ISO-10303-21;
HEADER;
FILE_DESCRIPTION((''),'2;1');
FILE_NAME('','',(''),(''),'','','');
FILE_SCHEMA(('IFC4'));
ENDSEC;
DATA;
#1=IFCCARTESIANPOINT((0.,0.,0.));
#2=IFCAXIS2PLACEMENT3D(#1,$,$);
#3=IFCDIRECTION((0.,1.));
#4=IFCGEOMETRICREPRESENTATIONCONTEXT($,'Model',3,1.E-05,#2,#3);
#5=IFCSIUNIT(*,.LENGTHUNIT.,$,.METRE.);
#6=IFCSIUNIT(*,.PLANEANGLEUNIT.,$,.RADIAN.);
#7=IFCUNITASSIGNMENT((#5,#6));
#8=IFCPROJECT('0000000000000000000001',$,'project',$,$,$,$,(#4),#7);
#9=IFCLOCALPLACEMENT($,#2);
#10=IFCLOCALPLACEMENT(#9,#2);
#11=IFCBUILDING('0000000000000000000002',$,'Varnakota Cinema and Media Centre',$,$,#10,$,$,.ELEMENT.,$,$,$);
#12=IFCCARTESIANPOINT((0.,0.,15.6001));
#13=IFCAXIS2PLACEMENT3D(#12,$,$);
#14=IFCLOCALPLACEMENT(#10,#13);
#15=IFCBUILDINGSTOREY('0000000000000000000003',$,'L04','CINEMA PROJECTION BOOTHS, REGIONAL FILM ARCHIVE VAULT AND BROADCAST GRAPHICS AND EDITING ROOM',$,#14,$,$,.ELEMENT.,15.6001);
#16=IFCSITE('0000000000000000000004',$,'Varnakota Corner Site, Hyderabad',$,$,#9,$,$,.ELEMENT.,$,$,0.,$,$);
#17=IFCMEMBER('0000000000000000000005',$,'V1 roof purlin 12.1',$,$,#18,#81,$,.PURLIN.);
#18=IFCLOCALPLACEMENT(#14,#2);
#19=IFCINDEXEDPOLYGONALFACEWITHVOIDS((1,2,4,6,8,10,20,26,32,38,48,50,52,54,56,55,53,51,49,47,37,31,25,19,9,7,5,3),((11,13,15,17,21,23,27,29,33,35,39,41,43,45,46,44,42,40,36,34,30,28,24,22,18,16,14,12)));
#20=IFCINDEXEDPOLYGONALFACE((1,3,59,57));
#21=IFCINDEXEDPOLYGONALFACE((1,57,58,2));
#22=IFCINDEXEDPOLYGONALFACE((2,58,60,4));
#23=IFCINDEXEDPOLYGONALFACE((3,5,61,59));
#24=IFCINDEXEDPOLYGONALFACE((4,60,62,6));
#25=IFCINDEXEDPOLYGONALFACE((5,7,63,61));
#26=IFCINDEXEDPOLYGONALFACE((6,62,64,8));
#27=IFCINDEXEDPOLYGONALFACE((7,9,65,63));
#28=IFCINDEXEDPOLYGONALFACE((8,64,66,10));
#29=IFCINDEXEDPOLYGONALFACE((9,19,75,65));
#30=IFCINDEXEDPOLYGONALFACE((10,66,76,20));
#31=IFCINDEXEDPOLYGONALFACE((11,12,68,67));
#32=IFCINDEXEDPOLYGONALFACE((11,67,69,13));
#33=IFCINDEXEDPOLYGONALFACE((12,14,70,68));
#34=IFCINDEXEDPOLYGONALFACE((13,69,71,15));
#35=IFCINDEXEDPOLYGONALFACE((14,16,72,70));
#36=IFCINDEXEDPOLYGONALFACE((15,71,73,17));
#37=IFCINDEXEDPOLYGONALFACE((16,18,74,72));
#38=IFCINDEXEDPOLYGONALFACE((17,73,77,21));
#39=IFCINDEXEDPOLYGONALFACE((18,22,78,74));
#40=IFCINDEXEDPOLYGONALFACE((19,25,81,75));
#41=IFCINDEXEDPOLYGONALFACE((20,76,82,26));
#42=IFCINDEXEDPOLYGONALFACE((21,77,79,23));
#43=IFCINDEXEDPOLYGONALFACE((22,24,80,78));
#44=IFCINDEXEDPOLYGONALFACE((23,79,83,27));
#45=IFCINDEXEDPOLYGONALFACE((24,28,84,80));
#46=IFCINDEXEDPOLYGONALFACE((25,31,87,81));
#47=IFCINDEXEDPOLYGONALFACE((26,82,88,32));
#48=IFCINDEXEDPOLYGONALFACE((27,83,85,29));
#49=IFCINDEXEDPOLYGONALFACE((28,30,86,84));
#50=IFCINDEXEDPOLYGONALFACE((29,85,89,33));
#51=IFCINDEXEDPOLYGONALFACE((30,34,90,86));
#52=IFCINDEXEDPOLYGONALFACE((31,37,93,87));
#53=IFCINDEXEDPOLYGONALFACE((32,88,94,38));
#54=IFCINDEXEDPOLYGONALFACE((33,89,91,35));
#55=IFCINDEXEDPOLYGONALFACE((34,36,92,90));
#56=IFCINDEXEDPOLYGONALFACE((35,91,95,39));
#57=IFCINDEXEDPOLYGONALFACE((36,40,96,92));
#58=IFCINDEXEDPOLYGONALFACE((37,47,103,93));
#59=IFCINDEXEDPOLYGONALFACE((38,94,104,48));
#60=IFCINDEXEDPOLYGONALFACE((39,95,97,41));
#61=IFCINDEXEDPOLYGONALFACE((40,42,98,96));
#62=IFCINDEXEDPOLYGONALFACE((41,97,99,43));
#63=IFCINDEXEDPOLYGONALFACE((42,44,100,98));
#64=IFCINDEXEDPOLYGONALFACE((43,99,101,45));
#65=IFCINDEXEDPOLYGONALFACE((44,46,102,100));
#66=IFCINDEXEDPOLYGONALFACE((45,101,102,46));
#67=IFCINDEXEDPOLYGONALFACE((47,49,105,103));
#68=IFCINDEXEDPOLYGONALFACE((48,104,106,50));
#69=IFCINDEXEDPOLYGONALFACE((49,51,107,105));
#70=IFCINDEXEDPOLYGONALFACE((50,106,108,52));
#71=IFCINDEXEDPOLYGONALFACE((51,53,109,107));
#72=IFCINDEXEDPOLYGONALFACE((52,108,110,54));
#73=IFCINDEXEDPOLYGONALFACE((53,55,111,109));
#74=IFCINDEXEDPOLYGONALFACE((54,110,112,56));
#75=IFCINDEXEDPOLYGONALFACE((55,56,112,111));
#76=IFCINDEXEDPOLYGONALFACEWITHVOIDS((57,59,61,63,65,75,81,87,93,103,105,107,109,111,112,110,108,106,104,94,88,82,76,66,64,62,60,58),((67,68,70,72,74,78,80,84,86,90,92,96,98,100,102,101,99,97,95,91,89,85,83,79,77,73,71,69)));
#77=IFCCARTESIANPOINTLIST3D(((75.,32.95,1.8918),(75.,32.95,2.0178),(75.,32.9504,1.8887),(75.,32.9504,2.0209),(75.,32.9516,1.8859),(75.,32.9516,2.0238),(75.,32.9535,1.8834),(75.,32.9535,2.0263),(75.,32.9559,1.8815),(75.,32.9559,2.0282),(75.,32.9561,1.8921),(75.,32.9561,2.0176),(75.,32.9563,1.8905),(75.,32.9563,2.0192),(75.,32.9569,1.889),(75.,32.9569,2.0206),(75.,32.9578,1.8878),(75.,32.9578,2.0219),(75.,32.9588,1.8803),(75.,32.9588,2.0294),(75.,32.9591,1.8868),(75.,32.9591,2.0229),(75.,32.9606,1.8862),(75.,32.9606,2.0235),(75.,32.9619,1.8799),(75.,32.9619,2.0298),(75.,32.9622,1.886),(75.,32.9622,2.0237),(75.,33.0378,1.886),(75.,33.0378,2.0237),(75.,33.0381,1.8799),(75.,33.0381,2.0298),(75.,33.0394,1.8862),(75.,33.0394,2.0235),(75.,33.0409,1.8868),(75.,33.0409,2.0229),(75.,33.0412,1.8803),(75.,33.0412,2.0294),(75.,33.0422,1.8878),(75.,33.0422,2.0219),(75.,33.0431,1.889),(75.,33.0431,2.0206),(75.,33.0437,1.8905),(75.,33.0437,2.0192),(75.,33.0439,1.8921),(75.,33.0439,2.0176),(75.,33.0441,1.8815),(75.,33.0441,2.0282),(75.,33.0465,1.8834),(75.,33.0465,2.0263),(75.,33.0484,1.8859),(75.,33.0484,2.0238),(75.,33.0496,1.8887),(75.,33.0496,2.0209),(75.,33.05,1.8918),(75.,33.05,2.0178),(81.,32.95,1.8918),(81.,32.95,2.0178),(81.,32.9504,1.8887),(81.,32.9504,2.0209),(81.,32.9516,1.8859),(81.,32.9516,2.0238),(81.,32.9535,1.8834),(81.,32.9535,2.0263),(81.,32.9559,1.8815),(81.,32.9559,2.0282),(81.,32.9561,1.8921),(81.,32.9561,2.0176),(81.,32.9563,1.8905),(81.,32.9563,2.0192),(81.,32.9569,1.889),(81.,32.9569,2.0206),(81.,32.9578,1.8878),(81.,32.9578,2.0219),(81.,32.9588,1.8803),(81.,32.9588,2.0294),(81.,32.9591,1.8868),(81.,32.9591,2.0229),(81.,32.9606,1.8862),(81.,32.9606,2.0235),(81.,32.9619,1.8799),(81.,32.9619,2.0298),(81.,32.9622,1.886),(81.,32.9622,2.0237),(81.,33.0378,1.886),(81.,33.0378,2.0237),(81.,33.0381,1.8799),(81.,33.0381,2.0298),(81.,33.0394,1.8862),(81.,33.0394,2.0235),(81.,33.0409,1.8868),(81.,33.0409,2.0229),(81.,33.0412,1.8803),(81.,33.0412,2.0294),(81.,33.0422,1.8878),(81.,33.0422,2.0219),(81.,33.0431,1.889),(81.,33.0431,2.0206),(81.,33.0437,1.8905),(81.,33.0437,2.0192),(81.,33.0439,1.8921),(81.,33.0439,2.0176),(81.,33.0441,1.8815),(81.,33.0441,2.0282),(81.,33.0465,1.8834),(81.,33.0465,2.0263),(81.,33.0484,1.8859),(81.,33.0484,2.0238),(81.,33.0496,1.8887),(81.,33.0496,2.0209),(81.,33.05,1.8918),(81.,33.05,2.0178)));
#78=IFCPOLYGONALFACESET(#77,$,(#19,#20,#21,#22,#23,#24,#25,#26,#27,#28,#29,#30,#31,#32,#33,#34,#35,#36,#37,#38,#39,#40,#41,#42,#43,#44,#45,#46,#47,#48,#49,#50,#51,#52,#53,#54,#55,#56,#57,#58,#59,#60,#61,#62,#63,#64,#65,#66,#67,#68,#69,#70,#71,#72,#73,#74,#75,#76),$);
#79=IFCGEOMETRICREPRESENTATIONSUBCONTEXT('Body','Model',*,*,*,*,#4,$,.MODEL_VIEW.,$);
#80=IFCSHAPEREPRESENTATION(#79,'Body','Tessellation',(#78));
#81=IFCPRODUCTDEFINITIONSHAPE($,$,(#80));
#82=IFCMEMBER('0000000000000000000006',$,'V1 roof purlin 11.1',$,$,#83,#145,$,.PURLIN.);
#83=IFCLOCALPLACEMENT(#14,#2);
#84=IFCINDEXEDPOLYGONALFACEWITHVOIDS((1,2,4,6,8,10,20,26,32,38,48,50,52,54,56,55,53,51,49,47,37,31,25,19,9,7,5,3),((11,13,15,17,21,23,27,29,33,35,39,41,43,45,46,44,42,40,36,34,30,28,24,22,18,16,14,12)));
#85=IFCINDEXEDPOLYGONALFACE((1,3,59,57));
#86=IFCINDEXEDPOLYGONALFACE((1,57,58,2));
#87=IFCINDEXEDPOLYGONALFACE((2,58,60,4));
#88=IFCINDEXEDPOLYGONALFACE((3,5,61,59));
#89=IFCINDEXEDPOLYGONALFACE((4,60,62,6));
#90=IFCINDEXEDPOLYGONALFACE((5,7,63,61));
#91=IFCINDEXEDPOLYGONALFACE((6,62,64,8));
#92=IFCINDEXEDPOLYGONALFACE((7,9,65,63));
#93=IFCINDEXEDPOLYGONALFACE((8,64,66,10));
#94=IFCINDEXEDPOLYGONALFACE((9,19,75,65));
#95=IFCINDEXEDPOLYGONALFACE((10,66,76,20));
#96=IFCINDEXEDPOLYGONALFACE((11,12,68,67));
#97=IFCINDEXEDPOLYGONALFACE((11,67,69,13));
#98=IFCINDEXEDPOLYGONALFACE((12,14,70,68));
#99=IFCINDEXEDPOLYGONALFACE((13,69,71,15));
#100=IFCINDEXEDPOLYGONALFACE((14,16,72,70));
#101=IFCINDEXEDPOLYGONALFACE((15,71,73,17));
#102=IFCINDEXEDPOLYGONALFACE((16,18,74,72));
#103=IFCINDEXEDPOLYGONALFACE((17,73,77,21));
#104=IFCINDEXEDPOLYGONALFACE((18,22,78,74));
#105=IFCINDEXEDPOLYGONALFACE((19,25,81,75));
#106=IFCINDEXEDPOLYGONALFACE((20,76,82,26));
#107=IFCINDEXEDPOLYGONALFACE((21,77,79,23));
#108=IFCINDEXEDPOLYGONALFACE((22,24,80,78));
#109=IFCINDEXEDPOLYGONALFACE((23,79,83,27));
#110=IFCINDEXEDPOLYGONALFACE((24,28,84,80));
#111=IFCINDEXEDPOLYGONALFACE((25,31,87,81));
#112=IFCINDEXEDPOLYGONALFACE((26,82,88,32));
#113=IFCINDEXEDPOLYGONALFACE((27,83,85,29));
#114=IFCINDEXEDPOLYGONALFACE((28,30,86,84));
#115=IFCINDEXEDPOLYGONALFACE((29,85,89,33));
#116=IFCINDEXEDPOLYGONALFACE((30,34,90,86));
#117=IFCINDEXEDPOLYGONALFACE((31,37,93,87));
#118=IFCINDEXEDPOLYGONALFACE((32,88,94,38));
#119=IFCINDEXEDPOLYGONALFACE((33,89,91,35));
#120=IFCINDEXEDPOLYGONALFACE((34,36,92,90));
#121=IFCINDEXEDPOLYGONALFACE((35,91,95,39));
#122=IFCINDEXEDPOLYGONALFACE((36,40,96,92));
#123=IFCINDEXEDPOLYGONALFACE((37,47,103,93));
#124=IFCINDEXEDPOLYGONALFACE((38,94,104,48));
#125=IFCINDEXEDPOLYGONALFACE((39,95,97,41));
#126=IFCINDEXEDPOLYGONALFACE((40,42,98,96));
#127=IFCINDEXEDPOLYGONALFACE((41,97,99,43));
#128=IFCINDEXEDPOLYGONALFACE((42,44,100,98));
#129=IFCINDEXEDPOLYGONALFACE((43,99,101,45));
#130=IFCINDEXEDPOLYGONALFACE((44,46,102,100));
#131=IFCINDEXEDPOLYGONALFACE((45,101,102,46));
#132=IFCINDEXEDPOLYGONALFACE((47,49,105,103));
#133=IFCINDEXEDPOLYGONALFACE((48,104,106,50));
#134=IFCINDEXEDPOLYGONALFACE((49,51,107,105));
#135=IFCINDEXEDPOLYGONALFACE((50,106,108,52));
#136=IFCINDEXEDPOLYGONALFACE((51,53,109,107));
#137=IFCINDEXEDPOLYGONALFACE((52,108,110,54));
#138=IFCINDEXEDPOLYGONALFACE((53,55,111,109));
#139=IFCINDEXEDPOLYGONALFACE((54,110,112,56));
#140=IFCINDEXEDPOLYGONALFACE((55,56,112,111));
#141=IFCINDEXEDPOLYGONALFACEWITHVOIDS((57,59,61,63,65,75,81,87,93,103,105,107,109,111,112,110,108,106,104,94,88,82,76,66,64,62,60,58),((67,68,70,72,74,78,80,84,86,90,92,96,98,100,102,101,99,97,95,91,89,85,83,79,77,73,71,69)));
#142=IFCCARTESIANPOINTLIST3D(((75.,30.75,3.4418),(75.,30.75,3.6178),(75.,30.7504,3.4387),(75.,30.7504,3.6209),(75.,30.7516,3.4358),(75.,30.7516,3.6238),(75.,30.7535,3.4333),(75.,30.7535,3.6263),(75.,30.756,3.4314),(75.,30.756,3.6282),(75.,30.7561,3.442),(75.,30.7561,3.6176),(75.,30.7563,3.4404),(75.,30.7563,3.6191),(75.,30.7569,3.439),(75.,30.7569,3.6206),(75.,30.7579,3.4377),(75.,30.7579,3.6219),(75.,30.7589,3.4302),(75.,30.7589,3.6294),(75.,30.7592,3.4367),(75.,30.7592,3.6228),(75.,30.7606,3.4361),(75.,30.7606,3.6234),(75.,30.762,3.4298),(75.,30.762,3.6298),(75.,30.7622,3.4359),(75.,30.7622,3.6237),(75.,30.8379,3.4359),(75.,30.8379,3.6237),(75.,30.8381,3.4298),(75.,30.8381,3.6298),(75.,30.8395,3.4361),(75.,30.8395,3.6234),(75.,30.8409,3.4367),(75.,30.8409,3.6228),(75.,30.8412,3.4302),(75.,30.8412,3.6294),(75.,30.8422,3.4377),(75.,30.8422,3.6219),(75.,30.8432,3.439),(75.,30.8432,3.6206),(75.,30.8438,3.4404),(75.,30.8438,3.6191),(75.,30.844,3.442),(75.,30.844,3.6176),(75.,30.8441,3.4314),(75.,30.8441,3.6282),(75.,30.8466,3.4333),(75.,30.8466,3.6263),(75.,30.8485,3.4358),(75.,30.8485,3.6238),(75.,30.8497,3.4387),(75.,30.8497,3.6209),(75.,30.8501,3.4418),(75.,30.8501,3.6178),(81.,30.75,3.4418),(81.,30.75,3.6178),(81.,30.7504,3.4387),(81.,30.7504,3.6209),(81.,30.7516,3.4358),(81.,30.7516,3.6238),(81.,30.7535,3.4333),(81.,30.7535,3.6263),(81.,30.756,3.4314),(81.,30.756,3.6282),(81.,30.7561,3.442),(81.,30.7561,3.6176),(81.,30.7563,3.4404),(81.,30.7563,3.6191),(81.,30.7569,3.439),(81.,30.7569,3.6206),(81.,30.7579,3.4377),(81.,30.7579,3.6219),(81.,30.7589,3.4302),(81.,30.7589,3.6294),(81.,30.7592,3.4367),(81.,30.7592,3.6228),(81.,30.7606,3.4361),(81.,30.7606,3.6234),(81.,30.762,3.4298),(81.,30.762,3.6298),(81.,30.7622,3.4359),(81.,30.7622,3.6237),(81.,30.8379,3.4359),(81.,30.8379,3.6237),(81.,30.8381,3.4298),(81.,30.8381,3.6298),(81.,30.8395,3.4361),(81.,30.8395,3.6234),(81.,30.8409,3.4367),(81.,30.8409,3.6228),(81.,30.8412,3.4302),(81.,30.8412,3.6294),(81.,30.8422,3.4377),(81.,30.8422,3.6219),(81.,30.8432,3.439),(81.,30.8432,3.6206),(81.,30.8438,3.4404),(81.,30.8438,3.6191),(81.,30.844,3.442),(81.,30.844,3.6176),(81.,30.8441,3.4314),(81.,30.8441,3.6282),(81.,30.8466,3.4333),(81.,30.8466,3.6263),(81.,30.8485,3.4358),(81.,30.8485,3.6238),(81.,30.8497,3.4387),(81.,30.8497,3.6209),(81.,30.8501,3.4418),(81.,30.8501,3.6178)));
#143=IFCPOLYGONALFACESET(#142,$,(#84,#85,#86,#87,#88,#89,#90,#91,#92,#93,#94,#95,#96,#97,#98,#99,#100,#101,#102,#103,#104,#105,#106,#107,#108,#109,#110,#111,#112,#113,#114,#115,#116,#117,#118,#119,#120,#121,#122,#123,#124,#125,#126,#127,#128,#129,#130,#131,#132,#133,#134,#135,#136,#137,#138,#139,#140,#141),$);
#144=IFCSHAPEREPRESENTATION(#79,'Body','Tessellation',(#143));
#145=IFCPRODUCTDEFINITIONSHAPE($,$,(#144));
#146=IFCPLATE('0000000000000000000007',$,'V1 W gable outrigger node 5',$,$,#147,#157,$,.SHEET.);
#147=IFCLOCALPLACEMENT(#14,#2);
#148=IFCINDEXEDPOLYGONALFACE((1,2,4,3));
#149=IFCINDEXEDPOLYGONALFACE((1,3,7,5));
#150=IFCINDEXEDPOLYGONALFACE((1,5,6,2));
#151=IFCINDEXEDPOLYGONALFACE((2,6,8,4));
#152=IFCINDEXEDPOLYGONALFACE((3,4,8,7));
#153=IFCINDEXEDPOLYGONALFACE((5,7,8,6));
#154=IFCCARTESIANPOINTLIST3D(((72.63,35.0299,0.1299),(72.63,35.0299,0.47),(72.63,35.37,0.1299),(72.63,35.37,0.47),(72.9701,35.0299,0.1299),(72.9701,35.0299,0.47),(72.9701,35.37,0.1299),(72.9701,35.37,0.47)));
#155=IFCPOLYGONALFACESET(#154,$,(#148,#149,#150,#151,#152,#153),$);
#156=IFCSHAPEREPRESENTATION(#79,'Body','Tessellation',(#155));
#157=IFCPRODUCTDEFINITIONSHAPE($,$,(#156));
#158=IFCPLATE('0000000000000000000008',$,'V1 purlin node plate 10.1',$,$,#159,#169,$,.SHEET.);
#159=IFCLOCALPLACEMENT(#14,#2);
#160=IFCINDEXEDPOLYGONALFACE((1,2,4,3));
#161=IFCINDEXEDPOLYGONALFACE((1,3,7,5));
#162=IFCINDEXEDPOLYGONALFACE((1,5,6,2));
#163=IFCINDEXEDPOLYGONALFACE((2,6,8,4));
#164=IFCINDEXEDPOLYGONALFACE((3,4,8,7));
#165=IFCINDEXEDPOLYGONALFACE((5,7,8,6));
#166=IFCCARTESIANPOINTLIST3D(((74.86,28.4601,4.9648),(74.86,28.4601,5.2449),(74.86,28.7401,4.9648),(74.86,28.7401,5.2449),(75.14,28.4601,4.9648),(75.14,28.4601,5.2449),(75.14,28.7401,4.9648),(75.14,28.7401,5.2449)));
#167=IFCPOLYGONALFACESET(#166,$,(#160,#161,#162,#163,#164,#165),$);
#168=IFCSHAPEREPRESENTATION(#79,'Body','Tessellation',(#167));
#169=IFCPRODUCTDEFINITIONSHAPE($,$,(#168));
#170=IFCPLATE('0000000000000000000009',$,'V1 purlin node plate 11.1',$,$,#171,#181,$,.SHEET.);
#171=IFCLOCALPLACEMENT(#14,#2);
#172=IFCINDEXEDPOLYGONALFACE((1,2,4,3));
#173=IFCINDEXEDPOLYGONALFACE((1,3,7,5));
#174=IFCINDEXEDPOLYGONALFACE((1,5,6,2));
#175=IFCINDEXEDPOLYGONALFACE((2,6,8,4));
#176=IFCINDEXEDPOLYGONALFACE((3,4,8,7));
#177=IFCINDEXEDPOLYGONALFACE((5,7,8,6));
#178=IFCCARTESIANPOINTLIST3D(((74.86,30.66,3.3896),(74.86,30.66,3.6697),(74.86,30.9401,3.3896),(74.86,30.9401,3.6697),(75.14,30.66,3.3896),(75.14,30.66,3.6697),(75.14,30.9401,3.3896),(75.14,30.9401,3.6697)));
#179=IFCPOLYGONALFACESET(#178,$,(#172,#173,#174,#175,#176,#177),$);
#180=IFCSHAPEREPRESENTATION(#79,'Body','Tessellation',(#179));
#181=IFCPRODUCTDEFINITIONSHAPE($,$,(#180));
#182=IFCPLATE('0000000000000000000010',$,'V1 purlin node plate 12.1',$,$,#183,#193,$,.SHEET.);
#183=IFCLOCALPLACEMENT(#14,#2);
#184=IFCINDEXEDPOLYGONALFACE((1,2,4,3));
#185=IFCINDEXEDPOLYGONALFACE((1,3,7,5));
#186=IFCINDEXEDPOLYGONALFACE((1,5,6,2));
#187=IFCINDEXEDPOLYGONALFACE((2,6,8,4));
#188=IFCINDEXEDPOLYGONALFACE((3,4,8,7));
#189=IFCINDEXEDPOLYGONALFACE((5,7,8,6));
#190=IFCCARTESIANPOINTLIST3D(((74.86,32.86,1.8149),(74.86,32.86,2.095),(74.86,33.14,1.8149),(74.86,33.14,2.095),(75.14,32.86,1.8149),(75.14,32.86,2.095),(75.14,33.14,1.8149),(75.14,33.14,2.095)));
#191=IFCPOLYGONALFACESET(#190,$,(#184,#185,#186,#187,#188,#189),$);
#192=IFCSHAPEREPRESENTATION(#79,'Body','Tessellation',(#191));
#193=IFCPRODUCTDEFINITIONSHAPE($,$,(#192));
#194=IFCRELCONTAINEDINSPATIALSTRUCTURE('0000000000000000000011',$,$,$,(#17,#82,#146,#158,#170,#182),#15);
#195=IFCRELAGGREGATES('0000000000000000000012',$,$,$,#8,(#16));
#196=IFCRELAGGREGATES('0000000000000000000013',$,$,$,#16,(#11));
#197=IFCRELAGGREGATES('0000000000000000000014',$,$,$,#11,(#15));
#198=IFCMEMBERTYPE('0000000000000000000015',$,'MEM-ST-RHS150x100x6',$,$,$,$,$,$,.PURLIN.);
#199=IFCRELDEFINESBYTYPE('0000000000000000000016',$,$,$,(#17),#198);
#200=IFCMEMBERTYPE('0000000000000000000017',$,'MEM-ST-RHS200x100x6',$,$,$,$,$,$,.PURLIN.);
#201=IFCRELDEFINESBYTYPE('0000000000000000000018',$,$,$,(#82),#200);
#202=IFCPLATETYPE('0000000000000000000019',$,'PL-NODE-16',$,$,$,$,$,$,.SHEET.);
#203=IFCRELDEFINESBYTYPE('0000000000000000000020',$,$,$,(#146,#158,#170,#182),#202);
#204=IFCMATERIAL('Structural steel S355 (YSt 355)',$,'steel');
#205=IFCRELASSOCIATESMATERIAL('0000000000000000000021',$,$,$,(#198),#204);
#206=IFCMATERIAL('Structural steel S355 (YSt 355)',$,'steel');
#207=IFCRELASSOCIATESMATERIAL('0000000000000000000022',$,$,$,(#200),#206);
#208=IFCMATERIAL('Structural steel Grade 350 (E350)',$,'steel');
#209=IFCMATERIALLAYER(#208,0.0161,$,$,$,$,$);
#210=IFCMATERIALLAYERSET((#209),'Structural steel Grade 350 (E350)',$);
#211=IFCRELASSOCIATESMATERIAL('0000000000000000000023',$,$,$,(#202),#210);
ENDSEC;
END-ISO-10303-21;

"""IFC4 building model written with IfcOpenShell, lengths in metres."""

from ifc_helpers import new_model, si_unit, direction, frame, origin, origin_2d, place, context, subcontext, project, spatial, rectangle, hollow_rectangle, extrude, material, layer, layer_set, material_profile, profile_set, type_object, element, save


model = new_model("IFC4")

# Units and contexts
model_context = context("Model", 3, precision=1e-05, world=origin(), true_north=direction((0.0, 1.0)))
body_context = subcontext(model_context, "Body", "Model", "MODEL_VIEW")
ifc_project = project(units=[si_unit("LENGTHUNIT", "METRE"), si_unit("PLANEANGLEUNIT", "RADIAN")], contexts=[model_context])

# Site, building, storey
site_placement = place(None, origin())
site = spatial("IfcSite", under=ifc_project, at=site_placement, Name="Varnakota Corner Site, Hyderabad", CompositionType="ELEMENT", RefElevation=0.0)
building_placement = place(site_placement, origin())
building = spatial("IfcBuilding", under=site, at=building_placement, Name="Varnakota Cinema and Media Centre", CompositionType="ELEMENT")
storey_placement = place(building_placement, frame((0.0, 0.0, 15.6001)))
storey = spatial("IfcBuildingStorey", under=building, at=storey_placement, Name="L04", Description="CINEMA PROJECTION BOOTHS, REGIONAL FILM ARCHIVE VAULT AND BROADCAST GRAPHICS AND EDITING ROOM", CompositionType="ELEMENT", Elevation=15.6001)

# Members
ifc_material_1 = material(Name="Structural steel S355 (YSt 355)", Category="steel")
ifc_material_profile_1 = material_profile(ifc_material_1, hollow_rectangle(XDim=0.1001, YDim=0.1499, WallThickness=0.0061, InnerFilletRadius=0.0061, OuterFilletRadius=0.012, at=origin_2d()), Name="RHS 150x100x6")
ifc_profile_set_1 = profile_set([ifc_material_profile_1], Name="Structural steel S355 (YSt 355)")
member_type_1 = type_object("IfcMemberType", Name="MEM-ST-RHS150x100x6", PredefinedType="PURLIN", material=ifc_profile_set_1)
for number, where, z_axis, x_axis, name in (
    (1, (75.0, 33.0, 1.9548), (1.0, 0.0, 0.0), (0.0, 1.0, 0.0), "V1 roof purlin 12.1"),
):
    element("IfcMember", number, at=place(storey_placement, frame(where, z_axis=z_axis, x_axis=x_axis)), inside=storey, type_object=member_type_1, Name=name, PredefinedType="PURLIN", context=body_context, shape_type="SweptSolid", body=[
        extrude(hollow_rectangle(XDim=0.1001, YDim=0.1499, WallThickness=0.0061, InnerFilletRadius=0.0061, OuterFilletRadius=0.012, at=origin_2d()), origin(), (0.0, 0.0, 1.0), 6.0),
    ])
ifc_material_2 = material(Name="Structural steel S355 (YSt 355)", Category="steel")
ifc_material_profile_2 = material_profile(ifc_material_2, hollow_rectangle(XDim=0.1001, YDim=0.2, WallThickness=0.0061, InnerFilletRadius=0.0061, OuterFilletRadius=0.012, at=origin_2d()), Name="RHS 200x100x6")
ifc_profile_set_2 = profile_set([ifc_material_profile_2], Name="Structural steel S355 (YSt 355)")
member_type_2 = type_object("IfcMemberType", Name="MEM-ST-RHS200x100x6", PredefinedType="PURLIN", material=ifc_profile_set_2)
member_1_placement = place(storey_placement, frame((75.0, 30.8, 3.5298), z_axis=(1.0, 0.0, 0.0), x_axis=(0.0, 1.0, 0.0)))
element("IfcMember", 2, at=member_1_placement, inside=storey, type_object=member_type_2, Name="V1 roof purlin 11.1", PredefinedType="PURLIN", context=body_context, shape_type="SweptSolid", body=[
    extrude(hollow_rectangle(XDim=0.1001, YDim=0.2, WallThickness=0.0061, InnerFilletRadius=0.0061, OuterFilletRadius=0.012, at=origin_2d()), origin(), (0.0, 0.0, 1.0), 6.0),
])

# Plates
ifc_material_3 = material(Name="Structural steel Grade 350 (E350)", Category="steel")
ifc_layer_1 = layer(ifc_material_3, 0.0161)
ifc_layer_set_1 = layer_set([ifc_layer_1], Name="Structural steel Grade 350 (E350)")
plate_type = type_object("IfcPlateType", Name="PL-NODE-16", PredefinedType="SHEET", material=ifc_layer_set_1)
plate_placement = place(storey_placement, frame((72.8, 35.2, 0.1299), z_axis=(0.0, 0.0, 1.0), x_axis=(1.0, 0.0, 0.0)))
element("IfcPlate", 3, at=plate_placement, inside=storey, type_object=plate_type, Name="V1 W gable outrigger node 5", PredefinedType="SHEET", context=body_context, shape_type="SweptSolid", body=[
    extrude(rectangle(XDim=0.3401, YDim=0.3401, at=origin_2d()), origin(), (0.0, 0.0, 1.0), 0.3401),
])
for number, where, z_axis, x_axis, name in (
    (4, (75.0, 28.6001, 4.9648), (0.0, 0.0, 1.0), (1.0, 0.0, 0.0), "V1 purlin node plate 10.1"),
    (5, (75.0, 30.8, 3.3896), (0.0, 0.0, 1.0), (1.0, 0.0, 0.0), "V1 purlin node plate 11.1"),
    (6, (75.0, 33.0, 1.8149), (0.0, 0.0, 1.0), (1.0, 0.0, 0.0), "V1 purlin node plate 12.1"),
):
    element("IfcPlate", number, at=place(storey_placement, frame(where, z_axis=z_axis, x_axis=x_axis)), inside=storey, type_object=plate_type, Name=name, PredefinedType="SHEET", context=body_context, shape_type="SweptSolid", body=[
        extrude(rectangle(XDim=0.28, YDim=0.28, at=origin_2d()), origin(), (0.0, 0.0, 1.0), 0.28),
    ])

save(model, "model.ifc")
